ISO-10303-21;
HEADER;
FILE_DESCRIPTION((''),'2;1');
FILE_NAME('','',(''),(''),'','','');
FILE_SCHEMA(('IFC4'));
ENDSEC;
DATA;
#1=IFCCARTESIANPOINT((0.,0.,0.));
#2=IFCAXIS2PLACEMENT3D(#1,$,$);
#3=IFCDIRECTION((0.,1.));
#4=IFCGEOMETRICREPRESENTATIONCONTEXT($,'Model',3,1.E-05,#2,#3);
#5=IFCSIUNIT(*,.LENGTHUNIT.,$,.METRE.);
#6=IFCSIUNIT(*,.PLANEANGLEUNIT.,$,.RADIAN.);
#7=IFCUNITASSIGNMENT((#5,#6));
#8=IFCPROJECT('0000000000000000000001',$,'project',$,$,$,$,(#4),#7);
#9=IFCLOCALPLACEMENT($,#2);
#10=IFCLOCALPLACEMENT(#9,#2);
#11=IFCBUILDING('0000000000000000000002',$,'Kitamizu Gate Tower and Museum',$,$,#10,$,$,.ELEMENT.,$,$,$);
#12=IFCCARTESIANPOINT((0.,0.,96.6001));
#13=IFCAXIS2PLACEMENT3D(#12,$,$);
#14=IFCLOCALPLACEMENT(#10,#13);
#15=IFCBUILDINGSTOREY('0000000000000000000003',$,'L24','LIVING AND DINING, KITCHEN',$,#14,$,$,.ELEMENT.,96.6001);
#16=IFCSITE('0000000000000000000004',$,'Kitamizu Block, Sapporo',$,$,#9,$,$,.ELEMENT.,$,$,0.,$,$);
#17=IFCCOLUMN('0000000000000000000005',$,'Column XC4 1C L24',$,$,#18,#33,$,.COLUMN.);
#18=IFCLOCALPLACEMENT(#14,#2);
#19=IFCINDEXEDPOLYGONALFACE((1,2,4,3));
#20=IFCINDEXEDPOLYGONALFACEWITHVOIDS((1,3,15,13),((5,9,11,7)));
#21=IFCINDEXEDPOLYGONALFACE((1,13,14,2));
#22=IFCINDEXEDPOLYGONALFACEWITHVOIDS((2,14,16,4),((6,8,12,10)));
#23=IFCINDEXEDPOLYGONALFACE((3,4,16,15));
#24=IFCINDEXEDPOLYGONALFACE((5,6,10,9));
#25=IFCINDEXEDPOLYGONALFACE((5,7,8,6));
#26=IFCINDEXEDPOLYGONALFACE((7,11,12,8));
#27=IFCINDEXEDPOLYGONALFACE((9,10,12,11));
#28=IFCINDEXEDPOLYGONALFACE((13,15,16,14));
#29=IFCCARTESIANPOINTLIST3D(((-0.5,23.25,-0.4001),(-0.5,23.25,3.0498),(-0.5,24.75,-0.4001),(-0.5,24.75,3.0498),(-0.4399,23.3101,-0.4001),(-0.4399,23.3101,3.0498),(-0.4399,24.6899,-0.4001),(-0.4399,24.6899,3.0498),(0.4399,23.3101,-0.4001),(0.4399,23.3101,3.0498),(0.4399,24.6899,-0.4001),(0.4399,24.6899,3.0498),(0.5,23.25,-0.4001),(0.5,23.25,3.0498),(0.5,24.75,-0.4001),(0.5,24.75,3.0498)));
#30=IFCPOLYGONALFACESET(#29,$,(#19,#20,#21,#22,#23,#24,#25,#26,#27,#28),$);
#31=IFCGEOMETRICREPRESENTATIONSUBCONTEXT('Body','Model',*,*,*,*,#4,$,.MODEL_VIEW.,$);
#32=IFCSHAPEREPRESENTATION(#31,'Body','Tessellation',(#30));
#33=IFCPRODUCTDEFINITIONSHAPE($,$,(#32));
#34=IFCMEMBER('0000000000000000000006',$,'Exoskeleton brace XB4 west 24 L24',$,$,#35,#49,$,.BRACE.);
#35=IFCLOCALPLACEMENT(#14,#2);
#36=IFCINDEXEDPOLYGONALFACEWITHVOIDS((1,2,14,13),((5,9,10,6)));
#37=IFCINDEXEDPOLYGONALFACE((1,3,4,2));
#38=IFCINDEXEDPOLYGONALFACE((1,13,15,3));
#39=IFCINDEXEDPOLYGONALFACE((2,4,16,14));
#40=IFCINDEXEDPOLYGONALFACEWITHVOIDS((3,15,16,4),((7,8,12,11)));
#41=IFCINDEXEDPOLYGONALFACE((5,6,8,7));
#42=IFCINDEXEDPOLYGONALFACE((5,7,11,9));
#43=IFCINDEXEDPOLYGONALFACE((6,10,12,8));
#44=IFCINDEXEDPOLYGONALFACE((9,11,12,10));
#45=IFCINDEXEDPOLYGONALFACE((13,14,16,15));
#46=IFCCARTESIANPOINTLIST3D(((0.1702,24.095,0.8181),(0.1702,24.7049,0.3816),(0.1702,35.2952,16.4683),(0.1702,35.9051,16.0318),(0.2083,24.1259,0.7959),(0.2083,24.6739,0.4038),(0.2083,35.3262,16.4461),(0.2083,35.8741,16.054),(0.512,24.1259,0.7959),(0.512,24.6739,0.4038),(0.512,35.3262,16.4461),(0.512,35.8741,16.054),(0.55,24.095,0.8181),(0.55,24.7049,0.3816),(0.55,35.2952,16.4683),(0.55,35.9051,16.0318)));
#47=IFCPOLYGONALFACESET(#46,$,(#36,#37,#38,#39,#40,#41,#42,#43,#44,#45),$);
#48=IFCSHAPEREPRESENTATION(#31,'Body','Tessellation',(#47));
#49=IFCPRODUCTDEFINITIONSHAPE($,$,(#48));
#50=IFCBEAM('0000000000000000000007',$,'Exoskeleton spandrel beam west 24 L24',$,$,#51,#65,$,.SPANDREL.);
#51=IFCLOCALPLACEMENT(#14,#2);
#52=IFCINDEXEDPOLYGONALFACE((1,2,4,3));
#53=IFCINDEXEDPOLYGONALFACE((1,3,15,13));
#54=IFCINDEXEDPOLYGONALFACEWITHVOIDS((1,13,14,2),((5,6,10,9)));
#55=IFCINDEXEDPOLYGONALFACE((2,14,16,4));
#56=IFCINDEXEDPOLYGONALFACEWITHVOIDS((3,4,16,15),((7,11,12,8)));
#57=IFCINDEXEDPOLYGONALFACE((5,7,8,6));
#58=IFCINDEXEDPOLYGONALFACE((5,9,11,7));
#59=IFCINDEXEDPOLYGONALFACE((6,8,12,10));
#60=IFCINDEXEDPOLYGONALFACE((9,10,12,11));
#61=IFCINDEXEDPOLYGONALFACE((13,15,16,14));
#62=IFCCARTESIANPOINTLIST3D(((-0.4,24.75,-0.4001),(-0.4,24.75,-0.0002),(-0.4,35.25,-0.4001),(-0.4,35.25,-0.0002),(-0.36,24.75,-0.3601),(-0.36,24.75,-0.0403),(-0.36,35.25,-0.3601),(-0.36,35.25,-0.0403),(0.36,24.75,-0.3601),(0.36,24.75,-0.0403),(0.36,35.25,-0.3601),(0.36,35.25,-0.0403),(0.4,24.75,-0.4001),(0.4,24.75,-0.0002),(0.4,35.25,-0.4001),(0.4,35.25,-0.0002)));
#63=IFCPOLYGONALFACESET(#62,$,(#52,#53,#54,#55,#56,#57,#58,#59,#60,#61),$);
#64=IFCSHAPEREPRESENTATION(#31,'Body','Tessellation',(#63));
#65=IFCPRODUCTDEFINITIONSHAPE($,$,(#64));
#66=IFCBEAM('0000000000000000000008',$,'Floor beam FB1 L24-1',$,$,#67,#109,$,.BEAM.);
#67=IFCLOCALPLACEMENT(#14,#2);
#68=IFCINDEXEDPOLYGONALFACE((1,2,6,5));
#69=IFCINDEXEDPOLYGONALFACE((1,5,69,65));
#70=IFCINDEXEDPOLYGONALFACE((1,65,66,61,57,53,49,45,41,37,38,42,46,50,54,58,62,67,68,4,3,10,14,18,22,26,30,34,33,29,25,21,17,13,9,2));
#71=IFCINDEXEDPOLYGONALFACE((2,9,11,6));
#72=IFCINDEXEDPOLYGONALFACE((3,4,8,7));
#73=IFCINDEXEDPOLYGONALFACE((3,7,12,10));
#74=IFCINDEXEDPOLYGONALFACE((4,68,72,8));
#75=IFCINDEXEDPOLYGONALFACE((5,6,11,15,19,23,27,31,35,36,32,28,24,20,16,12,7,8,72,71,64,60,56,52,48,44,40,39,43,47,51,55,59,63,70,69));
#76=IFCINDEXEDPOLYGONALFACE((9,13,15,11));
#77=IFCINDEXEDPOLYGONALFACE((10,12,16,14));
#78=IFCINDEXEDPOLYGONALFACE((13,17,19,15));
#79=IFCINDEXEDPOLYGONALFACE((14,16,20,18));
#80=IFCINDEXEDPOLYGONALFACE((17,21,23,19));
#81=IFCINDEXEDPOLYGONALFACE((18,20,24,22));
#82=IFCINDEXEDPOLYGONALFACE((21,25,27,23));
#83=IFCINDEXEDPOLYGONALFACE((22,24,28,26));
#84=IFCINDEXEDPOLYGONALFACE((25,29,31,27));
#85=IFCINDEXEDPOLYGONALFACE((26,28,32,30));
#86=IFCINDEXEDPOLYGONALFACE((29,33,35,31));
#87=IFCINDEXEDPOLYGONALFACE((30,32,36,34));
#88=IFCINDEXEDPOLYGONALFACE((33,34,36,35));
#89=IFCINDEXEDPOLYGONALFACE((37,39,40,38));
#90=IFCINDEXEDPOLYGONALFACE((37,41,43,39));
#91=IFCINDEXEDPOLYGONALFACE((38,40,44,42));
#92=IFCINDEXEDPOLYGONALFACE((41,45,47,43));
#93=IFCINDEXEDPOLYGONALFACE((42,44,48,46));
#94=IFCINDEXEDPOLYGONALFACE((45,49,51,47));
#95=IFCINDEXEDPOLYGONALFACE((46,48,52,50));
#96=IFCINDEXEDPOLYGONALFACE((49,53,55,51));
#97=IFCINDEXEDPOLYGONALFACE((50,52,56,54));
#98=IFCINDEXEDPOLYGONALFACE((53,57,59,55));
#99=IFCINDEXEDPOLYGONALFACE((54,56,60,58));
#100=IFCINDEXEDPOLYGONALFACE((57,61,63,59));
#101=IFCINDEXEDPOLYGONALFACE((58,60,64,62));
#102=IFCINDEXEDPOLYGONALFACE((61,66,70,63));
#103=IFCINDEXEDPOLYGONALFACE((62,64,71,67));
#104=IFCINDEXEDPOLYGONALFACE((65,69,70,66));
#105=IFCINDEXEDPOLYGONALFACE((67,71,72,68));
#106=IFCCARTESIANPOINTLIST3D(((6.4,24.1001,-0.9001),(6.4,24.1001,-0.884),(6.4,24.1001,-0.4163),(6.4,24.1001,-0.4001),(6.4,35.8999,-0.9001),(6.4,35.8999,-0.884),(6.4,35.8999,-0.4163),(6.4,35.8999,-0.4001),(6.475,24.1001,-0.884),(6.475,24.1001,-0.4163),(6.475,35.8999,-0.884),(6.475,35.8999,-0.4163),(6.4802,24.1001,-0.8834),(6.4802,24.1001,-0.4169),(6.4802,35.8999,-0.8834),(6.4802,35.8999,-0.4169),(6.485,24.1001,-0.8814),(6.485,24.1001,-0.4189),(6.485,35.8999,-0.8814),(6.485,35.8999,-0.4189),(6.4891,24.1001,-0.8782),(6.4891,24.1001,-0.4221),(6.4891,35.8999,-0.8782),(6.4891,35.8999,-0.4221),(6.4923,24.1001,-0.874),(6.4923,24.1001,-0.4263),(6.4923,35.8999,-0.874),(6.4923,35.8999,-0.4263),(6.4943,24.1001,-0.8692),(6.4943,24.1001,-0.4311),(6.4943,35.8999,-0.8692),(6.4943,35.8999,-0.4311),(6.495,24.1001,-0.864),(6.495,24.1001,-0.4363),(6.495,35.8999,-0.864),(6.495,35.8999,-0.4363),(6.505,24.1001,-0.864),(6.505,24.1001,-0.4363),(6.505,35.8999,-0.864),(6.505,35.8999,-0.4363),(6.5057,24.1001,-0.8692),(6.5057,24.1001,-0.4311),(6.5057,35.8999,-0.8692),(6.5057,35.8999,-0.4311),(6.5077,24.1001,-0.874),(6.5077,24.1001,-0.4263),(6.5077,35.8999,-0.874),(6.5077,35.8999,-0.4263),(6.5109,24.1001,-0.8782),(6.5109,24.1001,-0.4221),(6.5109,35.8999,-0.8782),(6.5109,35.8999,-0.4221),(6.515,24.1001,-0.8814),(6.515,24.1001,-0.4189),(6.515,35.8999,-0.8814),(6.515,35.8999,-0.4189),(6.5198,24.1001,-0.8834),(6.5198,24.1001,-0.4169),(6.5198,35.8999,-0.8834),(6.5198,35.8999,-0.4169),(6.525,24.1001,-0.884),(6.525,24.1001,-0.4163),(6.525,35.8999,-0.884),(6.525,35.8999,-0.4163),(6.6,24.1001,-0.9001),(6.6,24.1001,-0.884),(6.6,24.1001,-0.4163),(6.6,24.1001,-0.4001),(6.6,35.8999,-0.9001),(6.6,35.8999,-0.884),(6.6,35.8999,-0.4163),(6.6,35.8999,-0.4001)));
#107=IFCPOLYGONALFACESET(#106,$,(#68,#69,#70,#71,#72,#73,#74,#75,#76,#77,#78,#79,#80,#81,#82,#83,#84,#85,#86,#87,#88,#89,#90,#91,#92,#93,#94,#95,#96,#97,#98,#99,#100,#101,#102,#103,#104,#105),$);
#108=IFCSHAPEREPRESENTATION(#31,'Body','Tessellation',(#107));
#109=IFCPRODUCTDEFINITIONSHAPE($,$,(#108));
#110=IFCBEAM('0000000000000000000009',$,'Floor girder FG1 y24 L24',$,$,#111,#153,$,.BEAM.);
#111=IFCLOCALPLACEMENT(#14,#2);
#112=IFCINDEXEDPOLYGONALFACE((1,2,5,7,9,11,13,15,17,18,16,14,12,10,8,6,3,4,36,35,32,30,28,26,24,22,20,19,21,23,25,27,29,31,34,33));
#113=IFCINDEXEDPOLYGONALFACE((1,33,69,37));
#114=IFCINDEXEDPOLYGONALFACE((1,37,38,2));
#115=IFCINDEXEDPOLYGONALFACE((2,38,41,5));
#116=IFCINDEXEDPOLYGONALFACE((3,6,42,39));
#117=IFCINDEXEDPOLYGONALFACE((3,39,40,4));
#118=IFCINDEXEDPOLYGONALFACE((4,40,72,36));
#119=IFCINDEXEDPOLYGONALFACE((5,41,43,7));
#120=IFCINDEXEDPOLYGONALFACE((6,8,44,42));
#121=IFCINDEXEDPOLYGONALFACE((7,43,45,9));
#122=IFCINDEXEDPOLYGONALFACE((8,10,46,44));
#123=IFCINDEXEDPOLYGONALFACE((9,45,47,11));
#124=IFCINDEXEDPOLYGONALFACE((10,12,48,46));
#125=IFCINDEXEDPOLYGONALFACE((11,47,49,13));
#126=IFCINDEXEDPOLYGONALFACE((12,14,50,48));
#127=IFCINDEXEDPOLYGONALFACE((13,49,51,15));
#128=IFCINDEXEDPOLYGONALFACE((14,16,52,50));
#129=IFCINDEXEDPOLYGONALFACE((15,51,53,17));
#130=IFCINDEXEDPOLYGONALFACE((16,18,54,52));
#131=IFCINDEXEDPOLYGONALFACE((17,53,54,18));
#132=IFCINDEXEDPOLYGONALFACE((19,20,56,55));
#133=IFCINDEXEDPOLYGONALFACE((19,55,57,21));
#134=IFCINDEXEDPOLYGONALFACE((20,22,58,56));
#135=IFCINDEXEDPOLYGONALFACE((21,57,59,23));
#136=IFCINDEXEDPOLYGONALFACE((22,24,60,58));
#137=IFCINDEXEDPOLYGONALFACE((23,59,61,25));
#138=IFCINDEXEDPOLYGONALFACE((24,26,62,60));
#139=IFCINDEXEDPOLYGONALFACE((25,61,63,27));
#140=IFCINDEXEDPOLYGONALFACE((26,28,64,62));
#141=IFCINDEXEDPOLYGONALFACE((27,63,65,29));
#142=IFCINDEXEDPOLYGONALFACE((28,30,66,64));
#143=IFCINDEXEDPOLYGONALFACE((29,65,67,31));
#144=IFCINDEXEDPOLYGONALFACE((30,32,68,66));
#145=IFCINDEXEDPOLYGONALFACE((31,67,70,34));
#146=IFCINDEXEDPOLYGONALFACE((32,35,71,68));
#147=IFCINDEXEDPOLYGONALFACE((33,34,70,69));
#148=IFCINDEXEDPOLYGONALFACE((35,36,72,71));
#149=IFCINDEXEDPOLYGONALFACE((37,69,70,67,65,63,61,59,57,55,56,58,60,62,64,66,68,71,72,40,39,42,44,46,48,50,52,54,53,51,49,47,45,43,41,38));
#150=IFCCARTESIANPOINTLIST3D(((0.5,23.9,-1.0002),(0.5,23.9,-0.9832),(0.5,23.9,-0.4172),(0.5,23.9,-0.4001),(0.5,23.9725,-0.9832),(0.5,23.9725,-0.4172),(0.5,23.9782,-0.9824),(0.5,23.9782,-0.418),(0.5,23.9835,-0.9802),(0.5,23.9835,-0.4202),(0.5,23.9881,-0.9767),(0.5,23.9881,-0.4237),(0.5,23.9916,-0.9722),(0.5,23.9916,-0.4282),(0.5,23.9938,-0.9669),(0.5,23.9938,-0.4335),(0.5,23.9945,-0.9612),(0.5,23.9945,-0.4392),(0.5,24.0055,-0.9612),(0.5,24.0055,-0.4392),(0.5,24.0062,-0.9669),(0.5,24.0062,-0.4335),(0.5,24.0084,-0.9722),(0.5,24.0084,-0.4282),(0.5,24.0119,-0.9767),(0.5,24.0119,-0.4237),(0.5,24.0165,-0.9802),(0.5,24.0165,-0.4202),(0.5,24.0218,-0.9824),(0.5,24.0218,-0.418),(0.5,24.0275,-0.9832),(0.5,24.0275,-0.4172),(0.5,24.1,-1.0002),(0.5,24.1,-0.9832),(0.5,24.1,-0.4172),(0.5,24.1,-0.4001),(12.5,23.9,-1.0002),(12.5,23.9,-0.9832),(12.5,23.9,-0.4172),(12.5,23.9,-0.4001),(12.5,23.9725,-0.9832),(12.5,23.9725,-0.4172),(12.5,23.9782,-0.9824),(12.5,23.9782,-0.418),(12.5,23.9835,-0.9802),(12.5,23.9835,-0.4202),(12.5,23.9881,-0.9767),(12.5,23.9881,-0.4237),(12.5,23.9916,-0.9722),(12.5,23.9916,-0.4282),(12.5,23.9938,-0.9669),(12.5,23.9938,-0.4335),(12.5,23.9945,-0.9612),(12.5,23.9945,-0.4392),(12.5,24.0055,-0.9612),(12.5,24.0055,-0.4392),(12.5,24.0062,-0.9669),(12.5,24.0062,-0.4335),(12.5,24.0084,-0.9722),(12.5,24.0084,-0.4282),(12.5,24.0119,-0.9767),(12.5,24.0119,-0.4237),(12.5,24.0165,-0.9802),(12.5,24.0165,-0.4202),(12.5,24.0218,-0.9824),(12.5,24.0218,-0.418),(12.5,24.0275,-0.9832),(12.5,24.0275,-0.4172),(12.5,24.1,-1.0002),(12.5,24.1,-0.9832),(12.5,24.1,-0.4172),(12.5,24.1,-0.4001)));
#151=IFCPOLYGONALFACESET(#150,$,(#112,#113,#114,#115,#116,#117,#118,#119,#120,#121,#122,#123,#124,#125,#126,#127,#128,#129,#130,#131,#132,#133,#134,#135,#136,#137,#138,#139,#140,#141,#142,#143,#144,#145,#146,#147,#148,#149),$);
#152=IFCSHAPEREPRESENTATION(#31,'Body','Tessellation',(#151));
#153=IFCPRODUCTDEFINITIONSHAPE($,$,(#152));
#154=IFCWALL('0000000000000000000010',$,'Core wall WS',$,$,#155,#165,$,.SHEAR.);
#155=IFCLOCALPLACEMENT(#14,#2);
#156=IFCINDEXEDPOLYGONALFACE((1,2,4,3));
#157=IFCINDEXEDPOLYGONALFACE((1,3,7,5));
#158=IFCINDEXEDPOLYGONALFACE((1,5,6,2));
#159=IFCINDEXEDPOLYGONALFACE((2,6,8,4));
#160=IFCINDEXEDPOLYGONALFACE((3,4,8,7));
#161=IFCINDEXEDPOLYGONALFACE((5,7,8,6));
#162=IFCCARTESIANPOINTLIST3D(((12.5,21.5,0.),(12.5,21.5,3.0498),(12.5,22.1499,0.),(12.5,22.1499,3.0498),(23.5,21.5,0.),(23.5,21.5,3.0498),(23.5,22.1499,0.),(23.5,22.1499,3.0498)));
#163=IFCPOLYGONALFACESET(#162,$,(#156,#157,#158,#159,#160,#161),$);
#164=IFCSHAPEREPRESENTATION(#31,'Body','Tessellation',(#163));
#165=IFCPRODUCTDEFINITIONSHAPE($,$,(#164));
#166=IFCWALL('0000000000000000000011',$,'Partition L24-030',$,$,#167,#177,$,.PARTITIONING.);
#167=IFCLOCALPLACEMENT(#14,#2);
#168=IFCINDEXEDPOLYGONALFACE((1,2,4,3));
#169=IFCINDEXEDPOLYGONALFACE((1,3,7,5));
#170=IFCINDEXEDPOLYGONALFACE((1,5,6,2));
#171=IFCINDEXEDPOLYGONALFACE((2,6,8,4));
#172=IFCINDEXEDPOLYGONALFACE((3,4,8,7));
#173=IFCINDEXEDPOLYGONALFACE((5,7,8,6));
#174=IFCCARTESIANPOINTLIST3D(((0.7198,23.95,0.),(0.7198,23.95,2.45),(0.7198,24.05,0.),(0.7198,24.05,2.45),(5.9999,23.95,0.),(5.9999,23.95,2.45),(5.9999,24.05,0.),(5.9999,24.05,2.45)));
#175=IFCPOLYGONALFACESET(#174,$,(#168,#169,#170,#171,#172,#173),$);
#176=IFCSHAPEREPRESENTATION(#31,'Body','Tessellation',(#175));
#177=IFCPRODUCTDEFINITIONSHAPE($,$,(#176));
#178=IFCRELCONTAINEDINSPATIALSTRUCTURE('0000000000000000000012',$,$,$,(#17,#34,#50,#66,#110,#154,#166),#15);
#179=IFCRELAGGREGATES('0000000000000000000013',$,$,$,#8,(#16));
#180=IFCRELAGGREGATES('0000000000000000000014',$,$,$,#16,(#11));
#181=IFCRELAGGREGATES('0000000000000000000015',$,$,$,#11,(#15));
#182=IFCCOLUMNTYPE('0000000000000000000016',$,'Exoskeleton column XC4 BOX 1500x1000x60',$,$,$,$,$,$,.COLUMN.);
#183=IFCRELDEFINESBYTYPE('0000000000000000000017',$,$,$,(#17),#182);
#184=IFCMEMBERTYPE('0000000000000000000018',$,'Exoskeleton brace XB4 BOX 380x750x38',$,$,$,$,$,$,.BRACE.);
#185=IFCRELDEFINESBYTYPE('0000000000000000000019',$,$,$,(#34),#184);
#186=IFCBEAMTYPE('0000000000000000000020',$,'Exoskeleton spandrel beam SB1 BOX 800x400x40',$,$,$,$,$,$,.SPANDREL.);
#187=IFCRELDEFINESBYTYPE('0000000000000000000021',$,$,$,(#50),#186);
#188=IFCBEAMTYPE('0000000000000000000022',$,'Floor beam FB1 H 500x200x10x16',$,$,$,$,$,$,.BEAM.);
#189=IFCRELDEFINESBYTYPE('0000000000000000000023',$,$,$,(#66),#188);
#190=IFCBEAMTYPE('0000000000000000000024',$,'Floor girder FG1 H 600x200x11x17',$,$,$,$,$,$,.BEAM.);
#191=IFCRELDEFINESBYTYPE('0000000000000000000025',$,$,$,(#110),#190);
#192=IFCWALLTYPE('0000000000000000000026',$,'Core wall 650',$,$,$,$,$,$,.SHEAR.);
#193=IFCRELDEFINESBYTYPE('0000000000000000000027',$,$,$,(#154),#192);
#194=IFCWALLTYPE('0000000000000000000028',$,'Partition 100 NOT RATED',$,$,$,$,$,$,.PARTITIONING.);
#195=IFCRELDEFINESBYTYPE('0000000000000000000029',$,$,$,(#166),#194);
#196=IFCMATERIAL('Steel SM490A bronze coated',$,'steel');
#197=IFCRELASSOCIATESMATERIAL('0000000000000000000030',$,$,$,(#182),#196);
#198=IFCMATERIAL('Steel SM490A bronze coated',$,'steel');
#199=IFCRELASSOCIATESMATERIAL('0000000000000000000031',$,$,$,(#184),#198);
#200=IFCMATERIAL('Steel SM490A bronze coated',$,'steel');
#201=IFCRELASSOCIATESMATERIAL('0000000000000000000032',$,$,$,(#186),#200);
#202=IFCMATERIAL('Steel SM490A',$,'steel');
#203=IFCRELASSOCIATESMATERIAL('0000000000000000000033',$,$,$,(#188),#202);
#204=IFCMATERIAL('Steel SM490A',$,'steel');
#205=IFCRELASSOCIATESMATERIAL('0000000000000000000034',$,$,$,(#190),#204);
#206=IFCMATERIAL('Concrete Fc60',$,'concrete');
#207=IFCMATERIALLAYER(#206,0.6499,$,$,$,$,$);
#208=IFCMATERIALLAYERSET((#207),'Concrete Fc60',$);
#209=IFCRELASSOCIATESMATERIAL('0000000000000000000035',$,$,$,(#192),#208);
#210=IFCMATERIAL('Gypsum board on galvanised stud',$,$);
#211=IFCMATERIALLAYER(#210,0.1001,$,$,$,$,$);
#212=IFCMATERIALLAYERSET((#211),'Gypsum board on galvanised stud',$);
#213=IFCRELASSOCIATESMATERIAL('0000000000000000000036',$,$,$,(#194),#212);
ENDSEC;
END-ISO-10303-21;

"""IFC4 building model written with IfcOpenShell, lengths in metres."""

from ifc_helpers import new_model, si_unit, direction, frame, frame_2d, origin, origin_2d, place, context, subcontext, project, spatial, rectangle, hollow_rectangle, i_section, extrude, material, layer, layer_set, material_profile, profile_set, type_object, element, save


model = new_model("IFC4")

# Units and contexts
model_context = context("Model", 3, precision=1e-05, world=origin(), true_north=direction((0.0, 1.0)))
body_context = subcontext(model_context, "Body", "Model", "MODEL_VIEW")
ifc_project = project(units=[si_unit("LENGTHUNIT", "METRE"), si_unit("PLANEANGLEUNIT", "RADIAN")], contexts=[model_context])

# Site, building, storey
site_placement = place(None, origin())
site = spatial("IfcSite", under=ifc_project, at=site_placement, Name="Kitamizu Block, Sapporo", CompositionType="ELEMENT", RefElevation=0.0)
building_placement = place(site_placement, origin())
building = spatial("IfcBuilding", under=site, at=building_placement, Name="Kitamizu Gate Tower and Museum", CompositionType="ELEMENT")
storey_placement = place(building_placement, frame((0.0, 0.0, 96.6001)))
storey = spatial("IfcBuildingStorey", under=building, at=storey_placement, Name="L24", Description="LIVING AND DINING, KITCHEN", CompositionType="ELEMENT", Elevation=96.6001)

# Column
ifc_material_1 = material(Name="Steel SM490A bronze coated", Category="steel")
ifc_material_profile_1 = material_profile(ifc_material_1, hollow_rectangle(XDim=1.5, YDim=1.0, WallThickness=0.0601, at=origin_2d()), Name="BOX 1500x1000x60")
ifc_profile_set_1 = profile_set([ifc_material_profile_1], Name="Steel SM490A bronze coated")
column_type = type_object("IfcColumnType", Name="Exoskeleton column XC4 BOX 1500x1000x60", PredefinedType="COLUMN", material=ifc_profile_set_1)
column_placement = place(storey_placement, frame((0.0, 24.0, -0.4001), z_axis=(0.0, 0.0, 1.0), x_axis=(0.0, 1.0, 0.0)))
element("IfcColumn", 1, at=column_placement, inside=storey, type_object=column_type, Name="Column XC4 1C L24", PredefinedType="COLUMN", context=body_context, shape_type="SweptSolid", body=[
    extrude(hollow_rectangle(XDim=1.5, YDim=1.0, WallThickness=0.0601, at=origin_2d()), origin(), (0.0, 0.0, 1.0), 3.45),
])

# Member
ifc_material_2 = material(Name="Steel SM490A bronze coated", Category="steel")
ifc_material_profile_2 = material_profile(ifc_material_2, hollow_rectangle(XDim=0.3799, YDim=0.75, WallThickness=0.0381, at=origin_2d()), Name="BOX 380x750x38")
ifc_profile_set_2 = profile_set([ifc_material_profile_2], Name="Steel SM490A bronze coated")
member_type = type_object("IfcMemberType", Name="Exoskeleton brace XB4 BOX 380x750x38", PredefinedType="BRACE", material=ifc_profile_set_2)
member_placement = place(storey_placement, frame((0.3601, 24.3999, 0.5999), z_axis=(0.0, 0.581978, 0.813204), x_axis=(-1.0, 0.0, 0.0)))
element("IfcMember", 2, at=member_placement, inside=storey, type_object=member_type, Name="Exoskeleton brace XB4 west 24 L24", PredefinedType="BRACE", context=body_context, shape_type="SweptSolid", body=[
    extrude(hollow_rectangle(XDim=0.3799, YDim=0.75, WallThickness=0.0381, at=origin_2d()), origin(), (0.0, 0.0, 1.0), 19.2451),
])

# Beams
ifc_material_3 = material(Name="Steel SM490A bronze coated", Category="steel")
ifc_material_profile_3 = material_profile(ifc_material_3, hollow_rectangle(XDim=0.8, YDim=0.3999, WallThickness=0.04, at=origin_2d()), Name="BOX 800x400x40")
ifc_profile_set_3 = profile_set([ifc_material_profile_3], Name="Steel SM490A bronze coated")
beam_type_1 = type_object("IfcBeamType", Name="Exoskeleton spandrel beam SB1 BOX 800x400x40", PredefinedType="SPANDREL", material=ifc_profile_set_3)
beam_1_placement = place(storey_placement, frame((0.0, 24.75, -0.2002), z_axis=(0.0, 1.0, 0.0), x_axis=(-1.0, 0.0, 0.0)))
element("IfcBeam", 3, at=beam_1_placement, inside=storey, type_object=beam_type_1, Name="Exoskeleton spandrel beam west 24 L24", PredefinedType="SPANDREL", context=body_context, shape_type="SweptSolid", body=[
    extrude(hollow_rectangle(XDim=0.8, YDim=0.3999, WallThickness=0.04, at=origin_2d()), origin(), (0.0, 0.0, 1.0), 10.5),
])
ifc_material_4 = material(Name="Steel SM490A", Category="steel")
ifc_material_profile_4 = material_profile(ifc_material_4, i_section(OverallWidth=0.2, OverallDepth=0.5, WebThickness=0.01, FlangeThickness=0.0161, FilletRadius=0.02, at=origin_2d()), Name="H-500x200x10x16")
ifc_profile_set_4 = profile_set([ifc_material_profile_4], Name="Steel SM490A")
beam_type_2 = type_object("IfcBeamType", Name="Floor beam FB1 H 500x200x10x16", PredefinedType="BEAM", material=ifc_profile_set_4)
beam_2_placement = place(storey_placement, frame((6.5, 24.1001, -0.6501), z_axis=(0.0, 1.0, 0.0), x_axis=(-1.0, 0.0, 0.0)))
element("IfcBeam", 4, at=beam_2_placement, inside=storey, type_object=beam_type_2, Name="Floor beam FB1 L24-1", PredefinedType="BEAM", context=body_context, shape_type="SweptSolid", body=[
    extrude(i_section(OverallWidth=0.2, OverallDepth=0.5, WebThickness=0.01, FlangeThickness=0.0161, FilletRadius=0.02, at=origin_2d()), origin(), (0.0, 0.0, 1.0), 11.7998),
])
ifc_material_5 = material(Name="Steel SM490A", Category="steel")
ifc_material_profile_5 = material_profile(ifc_material_5, i_section(OverallWidth=0.2, OverallDepth=0.6001, WebThickness=0.011, FlangeThickness=0.0171, FilletRadius=0.022, at=origin_2d()), Name="H-600x200x11x17")
ifc_profile_set_5 = profile_set([ifc_material_profile_5], Name="Steel SM490A")
beam_type_3 = type_object("IfcBeamType", Name="Floor girder FG1 H 600x200x11x17", PredefinedType="BEAM", material=ifc_profile_set_5)
beam_3_placement = place(storey_placement, frame((0.5, 24.0, -0.7002), z_axis=(1.0, 0.0, 0.0), x_axis=(0.0, 1.0, 0.0)))
element("IfcBeam", 5, at=beam_3_placement, inside=storey, type_object=beam_type_3, Name="Floor girder FG1 y24 L24", PredefinedType="BEAM", context=body_context, shape_type="SweptSolid", body=[
    extrude(i_section(OverallWidth=0.2, OverallDepth=0.6001, WebThickness=0.011, FlangeThickness=0.0171, FilletRadius=0.022, at=origin_2d()), origin(), (0.0, 0.0, 1.0), 12.0),
])

# Walls
ifc_material_6 = material(Name="Concrete Fc60", Category="concrete")
ifc_layer_1 = layer(ifc_material_6, 0.6499)
ifc_layer_set_1 = layer_set([ifc_layer_1], Name="Concrete Fc60")
wall_type_1 = type_object("IfcWallType", Name="Core wall 650", PredefinedType="SHEAR", material=ifc_layer_set_1)
wall_1_placement = place(storey_placement, frame((12.5, 21.825, 0.0), z_axis=(0.0, 0.0, 1.0), x_axis=(1.0, 0.0, 0.0)))
element("IfcWall", 6, at=wall_1_placement, inside=storey, type_object=wall_type_1, Name="Core wall WS", PredefinedType="SHEAR", context=body_context, shape_type="SweptSolid", body=[
    extrude(rectangle(XDim=11.0, YDim=0.6499, at=frame_2d((5.5, 0.0))), origin(), (0.0, 0.0, 1.0), 3.0498),
])
ifc_material_7 = material(Name="Gypsum board on galvanised stud")
ifc_layer_2 = layer(ifc_material_7, 0.1001)
ifc_layer_set_2 = layer_set([ifc_layer_2], Name="Gypsum board on galvanised stud")
wall_type_2 = type_object("IfcWallType", Name="Partition 100 NOT RATED", PredefinedType="PARTITIONING", material=ifc_layer_set_2)
wall_2_placement = place(storey_placement, frame((6.0, 24.0, 0.0), z_axis=(0.0, 0.0, 1.0), x_axis=(-1.0, 0.0, 0.0)))
element("IfcWall", 7, at=wall_2_placement, inside=storey, type_object=wall_type_2, Name="Partition L24-030", PredefinedType="PARTITIONING", context=body_context, shape_type="SweptSolid", body=[
    extrude(rectangle(XDim=5.28, YDim=0.1001, at=frame_2d((2.6401, 0.0))), origin(), (0.0, 0.0, 1.0), 2.45),
])

save(model, "model.ifc")
